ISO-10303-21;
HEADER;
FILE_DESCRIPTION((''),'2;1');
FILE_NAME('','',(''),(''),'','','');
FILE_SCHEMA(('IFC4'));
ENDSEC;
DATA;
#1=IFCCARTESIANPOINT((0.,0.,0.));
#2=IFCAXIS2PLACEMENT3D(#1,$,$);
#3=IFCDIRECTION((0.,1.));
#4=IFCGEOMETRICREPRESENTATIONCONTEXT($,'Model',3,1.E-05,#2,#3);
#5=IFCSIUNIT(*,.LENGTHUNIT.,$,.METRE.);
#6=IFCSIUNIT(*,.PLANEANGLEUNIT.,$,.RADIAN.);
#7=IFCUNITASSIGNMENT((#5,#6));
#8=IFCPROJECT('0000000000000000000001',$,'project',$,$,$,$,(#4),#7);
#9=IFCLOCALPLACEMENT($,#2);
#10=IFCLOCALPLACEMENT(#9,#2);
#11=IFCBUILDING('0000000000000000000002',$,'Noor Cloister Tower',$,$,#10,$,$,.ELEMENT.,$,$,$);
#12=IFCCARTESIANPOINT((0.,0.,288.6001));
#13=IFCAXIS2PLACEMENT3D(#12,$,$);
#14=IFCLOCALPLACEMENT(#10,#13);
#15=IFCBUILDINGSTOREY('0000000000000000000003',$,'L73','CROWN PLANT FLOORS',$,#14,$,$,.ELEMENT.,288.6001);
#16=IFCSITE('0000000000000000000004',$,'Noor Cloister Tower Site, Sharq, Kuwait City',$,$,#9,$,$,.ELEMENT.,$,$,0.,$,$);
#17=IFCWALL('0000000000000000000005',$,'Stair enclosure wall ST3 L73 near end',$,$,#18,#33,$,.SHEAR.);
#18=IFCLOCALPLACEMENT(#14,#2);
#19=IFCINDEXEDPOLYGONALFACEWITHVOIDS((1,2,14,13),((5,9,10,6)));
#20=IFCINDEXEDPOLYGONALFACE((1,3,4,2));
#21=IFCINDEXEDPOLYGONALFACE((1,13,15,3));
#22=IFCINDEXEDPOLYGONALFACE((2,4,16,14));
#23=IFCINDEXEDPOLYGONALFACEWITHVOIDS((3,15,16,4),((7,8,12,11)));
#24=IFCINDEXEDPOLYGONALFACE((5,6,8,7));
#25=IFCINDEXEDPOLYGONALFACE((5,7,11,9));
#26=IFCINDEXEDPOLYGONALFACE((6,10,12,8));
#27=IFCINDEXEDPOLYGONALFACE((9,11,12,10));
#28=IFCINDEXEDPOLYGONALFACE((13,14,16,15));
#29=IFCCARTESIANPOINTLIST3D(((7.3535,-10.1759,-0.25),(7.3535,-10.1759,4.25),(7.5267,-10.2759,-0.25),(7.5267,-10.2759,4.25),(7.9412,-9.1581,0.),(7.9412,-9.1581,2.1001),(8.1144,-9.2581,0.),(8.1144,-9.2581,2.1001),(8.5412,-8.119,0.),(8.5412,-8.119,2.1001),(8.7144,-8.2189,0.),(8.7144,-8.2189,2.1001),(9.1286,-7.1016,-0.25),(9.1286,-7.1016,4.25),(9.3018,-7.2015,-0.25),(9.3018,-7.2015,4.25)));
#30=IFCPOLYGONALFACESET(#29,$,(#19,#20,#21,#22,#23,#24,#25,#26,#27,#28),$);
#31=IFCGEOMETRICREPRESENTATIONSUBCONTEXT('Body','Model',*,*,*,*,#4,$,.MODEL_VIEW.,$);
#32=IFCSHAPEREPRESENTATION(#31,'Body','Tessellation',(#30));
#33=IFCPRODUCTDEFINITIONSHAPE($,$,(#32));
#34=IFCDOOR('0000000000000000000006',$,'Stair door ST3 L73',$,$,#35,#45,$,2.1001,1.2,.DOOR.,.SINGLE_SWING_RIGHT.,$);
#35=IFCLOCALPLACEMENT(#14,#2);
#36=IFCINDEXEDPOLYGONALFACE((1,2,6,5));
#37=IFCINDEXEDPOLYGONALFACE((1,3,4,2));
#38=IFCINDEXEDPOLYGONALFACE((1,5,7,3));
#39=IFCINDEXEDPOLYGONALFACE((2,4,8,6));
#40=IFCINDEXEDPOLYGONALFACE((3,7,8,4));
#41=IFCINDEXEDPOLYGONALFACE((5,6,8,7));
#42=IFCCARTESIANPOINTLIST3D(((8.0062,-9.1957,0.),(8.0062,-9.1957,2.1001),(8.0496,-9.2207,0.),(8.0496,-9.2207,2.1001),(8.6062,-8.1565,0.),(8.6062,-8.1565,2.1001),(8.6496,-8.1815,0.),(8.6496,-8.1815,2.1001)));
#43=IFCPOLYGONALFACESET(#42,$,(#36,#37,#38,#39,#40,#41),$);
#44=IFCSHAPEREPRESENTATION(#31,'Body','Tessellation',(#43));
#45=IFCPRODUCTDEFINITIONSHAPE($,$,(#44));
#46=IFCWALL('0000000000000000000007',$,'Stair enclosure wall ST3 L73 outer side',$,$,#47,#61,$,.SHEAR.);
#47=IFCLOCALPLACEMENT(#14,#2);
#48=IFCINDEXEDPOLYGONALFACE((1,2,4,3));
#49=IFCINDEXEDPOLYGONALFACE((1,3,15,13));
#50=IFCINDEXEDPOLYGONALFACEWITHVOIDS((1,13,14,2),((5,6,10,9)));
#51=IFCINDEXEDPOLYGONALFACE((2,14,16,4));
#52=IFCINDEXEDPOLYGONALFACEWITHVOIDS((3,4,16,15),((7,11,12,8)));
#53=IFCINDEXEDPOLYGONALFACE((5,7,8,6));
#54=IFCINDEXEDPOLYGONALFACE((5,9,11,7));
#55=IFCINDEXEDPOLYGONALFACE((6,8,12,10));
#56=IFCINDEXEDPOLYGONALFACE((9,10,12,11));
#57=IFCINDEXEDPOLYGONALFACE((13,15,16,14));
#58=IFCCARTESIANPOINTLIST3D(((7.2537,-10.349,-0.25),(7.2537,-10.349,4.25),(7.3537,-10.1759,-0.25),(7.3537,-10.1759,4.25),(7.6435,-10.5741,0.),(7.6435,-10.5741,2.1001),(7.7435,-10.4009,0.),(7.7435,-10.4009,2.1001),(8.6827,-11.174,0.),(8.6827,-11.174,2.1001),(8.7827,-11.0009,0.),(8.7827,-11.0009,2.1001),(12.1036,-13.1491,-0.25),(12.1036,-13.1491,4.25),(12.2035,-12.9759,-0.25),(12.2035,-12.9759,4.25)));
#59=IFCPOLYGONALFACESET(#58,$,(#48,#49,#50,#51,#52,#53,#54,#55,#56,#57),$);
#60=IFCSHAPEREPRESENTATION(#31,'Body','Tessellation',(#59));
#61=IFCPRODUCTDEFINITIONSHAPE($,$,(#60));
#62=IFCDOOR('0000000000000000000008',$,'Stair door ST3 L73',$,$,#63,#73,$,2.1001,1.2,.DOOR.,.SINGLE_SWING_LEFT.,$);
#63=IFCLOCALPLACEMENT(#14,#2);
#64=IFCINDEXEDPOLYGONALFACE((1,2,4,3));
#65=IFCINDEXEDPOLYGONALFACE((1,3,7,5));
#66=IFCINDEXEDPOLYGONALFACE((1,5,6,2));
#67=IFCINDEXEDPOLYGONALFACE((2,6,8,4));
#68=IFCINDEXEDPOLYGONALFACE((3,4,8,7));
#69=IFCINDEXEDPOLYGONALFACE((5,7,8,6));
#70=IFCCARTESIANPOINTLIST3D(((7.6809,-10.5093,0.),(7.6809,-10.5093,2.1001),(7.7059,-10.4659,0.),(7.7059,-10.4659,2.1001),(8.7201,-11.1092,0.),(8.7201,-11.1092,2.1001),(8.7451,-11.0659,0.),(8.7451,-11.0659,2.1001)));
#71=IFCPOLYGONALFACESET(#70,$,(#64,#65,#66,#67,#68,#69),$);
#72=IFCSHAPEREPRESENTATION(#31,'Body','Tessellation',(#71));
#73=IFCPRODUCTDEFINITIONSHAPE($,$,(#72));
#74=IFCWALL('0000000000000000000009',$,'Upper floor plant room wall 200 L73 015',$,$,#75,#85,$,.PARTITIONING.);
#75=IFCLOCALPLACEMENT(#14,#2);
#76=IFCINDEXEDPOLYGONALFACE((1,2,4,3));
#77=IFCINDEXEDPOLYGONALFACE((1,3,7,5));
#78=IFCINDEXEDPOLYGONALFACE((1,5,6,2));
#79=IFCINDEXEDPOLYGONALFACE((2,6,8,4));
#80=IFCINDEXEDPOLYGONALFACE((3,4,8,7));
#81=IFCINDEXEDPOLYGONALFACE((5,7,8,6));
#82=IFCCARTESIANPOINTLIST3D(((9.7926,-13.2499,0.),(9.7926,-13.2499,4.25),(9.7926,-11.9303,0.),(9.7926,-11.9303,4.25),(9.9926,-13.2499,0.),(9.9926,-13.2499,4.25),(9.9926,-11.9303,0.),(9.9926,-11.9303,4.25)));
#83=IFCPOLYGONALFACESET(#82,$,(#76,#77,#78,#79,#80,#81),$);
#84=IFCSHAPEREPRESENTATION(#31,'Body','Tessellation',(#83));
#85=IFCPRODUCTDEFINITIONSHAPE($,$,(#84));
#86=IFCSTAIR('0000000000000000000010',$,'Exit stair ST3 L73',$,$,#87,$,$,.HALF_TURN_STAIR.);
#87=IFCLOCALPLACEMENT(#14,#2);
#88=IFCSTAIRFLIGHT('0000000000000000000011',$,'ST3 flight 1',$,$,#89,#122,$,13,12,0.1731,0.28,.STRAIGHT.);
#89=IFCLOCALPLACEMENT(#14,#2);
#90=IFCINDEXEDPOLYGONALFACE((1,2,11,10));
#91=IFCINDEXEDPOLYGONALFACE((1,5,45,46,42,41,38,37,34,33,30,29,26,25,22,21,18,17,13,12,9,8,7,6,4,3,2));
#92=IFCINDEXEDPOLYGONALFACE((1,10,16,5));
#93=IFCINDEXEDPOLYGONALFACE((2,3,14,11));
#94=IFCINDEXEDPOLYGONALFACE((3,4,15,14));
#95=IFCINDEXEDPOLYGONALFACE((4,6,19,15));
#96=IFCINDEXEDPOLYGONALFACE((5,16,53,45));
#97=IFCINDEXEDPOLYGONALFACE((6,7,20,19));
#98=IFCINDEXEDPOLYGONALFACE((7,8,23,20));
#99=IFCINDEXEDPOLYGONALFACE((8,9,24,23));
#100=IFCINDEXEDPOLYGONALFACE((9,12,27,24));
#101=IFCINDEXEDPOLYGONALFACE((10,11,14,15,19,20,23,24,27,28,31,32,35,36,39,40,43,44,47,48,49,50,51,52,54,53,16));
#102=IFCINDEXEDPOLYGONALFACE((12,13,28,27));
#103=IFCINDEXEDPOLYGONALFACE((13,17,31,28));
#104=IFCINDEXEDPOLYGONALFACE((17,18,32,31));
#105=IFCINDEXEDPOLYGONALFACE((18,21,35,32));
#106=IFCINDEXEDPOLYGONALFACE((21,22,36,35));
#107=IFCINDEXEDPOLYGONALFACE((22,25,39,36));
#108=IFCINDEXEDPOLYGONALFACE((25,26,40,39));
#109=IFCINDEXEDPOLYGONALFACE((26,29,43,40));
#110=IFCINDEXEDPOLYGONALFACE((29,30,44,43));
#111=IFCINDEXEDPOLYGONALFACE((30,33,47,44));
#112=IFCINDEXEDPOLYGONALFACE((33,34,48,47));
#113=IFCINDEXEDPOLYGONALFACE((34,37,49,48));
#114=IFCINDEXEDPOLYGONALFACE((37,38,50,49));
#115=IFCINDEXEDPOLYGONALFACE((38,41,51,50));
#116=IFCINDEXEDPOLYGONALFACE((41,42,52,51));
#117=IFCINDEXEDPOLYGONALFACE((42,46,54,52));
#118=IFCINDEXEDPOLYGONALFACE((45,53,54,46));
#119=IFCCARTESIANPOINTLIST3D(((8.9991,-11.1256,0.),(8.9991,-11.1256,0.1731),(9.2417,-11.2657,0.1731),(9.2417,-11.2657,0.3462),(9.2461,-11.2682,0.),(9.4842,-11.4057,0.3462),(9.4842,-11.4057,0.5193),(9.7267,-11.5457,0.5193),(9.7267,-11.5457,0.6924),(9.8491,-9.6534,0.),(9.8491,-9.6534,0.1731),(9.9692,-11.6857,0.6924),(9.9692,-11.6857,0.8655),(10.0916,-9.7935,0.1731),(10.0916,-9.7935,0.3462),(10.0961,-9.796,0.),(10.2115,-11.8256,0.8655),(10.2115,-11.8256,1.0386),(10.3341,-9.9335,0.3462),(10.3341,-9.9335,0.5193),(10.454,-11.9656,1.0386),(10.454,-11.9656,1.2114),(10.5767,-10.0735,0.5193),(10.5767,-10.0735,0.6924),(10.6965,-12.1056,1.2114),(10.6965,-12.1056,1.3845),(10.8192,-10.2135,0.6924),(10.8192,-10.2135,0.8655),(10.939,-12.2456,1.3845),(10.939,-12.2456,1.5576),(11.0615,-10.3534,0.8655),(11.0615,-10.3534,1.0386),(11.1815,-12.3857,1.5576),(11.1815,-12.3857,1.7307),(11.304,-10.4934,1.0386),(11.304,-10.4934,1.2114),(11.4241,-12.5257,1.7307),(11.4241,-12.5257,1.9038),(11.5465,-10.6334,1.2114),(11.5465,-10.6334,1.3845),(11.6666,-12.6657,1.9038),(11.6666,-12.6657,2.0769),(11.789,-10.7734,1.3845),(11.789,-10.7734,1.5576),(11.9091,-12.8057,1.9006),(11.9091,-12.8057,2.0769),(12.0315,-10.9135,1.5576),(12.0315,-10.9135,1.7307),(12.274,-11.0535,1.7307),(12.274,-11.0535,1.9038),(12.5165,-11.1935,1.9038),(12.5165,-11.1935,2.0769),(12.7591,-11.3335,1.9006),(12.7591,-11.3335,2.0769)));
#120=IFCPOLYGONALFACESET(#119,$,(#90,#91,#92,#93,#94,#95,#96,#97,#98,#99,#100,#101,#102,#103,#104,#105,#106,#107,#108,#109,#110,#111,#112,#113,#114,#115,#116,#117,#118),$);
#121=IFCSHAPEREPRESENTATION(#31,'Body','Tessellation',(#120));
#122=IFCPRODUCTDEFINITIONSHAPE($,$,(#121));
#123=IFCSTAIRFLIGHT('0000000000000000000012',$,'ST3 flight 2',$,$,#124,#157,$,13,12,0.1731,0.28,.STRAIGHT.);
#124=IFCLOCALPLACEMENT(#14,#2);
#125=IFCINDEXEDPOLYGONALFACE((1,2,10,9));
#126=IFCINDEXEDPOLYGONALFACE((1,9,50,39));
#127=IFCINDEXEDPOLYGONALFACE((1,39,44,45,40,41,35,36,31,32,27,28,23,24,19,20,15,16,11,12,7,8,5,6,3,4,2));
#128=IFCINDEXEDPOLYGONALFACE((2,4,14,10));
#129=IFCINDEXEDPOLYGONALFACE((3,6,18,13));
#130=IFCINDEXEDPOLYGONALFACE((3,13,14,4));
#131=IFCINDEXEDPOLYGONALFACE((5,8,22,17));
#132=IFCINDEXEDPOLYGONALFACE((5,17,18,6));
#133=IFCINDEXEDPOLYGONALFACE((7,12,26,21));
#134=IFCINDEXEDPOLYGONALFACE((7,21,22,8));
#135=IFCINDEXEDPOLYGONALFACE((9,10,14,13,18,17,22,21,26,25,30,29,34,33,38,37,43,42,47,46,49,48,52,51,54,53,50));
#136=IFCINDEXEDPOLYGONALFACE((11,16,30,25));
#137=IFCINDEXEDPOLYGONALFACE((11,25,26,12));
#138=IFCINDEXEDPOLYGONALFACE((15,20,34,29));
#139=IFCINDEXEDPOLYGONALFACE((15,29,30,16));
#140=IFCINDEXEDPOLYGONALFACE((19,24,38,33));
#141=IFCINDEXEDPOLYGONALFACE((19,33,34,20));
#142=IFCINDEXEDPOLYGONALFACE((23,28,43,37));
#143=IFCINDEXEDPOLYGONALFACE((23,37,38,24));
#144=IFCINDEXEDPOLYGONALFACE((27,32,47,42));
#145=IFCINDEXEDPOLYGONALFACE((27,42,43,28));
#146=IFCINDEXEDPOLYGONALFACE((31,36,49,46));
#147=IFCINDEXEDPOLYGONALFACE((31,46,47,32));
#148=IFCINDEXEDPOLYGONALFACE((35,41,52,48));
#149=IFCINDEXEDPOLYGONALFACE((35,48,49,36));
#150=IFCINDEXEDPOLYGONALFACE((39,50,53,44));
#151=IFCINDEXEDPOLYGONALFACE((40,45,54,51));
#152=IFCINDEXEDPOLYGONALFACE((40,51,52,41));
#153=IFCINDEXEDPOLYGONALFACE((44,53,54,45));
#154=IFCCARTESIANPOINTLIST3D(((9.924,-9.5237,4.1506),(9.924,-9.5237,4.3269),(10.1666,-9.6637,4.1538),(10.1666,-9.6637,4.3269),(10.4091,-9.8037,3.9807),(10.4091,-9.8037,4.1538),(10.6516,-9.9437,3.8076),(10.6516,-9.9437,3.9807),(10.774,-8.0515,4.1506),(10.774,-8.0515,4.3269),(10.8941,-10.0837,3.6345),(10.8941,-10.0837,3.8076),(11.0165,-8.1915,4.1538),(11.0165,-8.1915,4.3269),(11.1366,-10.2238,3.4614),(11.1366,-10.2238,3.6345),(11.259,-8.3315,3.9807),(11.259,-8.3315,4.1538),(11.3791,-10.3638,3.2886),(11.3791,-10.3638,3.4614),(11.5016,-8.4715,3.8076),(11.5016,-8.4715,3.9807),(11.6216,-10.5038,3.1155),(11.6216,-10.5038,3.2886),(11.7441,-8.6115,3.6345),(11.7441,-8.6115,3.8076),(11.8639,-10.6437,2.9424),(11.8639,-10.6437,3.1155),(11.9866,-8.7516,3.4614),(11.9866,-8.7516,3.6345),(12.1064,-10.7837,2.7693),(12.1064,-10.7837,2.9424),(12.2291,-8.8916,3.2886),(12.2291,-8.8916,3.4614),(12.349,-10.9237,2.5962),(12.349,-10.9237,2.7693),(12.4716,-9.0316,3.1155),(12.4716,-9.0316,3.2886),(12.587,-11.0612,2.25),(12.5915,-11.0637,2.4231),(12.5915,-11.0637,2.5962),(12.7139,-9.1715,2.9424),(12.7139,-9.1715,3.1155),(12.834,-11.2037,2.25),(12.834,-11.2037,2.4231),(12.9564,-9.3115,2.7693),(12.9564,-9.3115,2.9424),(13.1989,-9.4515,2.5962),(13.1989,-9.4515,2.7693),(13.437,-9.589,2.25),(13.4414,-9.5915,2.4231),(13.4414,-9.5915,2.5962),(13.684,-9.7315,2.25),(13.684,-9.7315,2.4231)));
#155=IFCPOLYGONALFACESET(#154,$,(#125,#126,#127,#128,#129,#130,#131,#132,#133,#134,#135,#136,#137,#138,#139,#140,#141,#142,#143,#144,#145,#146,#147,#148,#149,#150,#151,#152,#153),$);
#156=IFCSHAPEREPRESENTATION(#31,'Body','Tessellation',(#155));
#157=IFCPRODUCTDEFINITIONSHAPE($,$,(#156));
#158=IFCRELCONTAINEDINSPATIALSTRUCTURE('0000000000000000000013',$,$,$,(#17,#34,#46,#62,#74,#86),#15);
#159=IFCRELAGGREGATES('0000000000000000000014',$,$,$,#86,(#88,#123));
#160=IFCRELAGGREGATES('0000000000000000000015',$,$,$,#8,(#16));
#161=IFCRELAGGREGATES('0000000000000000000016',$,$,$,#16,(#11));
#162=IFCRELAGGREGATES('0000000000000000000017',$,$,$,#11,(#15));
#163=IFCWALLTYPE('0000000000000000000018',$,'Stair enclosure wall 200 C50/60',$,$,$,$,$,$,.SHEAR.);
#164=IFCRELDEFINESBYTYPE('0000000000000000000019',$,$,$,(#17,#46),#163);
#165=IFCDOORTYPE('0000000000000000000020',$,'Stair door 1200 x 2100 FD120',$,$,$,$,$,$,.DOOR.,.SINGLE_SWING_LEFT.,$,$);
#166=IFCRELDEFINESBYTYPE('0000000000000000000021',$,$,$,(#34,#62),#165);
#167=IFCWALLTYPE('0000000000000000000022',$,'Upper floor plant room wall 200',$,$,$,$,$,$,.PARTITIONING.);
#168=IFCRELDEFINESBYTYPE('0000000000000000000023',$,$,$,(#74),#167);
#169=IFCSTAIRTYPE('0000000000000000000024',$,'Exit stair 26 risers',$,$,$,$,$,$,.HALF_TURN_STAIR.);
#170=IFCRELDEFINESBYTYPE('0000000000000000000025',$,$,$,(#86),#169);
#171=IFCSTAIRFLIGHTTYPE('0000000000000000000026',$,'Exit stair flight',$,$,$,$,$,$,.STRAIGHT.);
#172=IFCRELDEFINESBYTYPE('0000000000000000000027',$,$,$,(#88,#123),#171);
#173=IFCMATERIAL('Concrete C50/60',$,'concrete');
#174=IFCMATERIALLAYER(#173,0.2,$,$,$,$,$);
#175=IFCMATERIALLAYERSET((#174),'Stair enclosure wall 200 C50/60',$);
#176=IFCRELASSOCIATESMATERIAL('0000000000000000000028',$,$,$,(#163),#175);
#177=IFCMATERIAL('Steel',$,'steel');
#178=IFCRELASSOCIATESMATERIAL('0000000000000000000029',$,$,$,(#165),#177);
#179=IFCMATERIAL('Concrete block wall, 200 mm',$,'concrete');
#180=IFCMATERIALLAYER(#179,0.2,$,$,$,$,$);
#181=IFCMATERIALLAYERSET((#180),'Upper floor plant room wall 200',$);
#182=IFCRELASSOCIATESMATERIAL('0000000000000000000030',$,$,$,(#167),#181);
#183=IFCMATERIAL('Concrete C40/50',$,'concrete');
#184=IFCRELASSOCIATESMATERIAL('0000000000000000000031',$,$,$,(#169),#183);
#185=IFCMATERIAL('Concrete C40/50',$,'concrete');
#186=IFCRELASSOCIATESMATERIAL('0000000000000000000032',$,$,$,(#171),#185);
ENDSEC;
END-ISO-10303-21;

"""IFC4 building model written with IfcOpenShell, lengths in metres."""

from ifc_helpers import new_model, si_unit, direction, frame, frame_2d, origin, place, context, subcontext, project, spatial, polyline, rectangle, outline, extrude, material, layer, layer_set, type_object, element, fill, aggregate, save


model = new_model("IFC4")

# Units and contexts
model_context = context("Model", 3, precision=1e-05, world=origin(), true_north=direction((0.0, 1.0)))
body_context = subcontext(model_context, "Body", "Model", "MODEL_VIEW")
ifc_project = project(units=[si_unit("LENGTHUNIT", "METRE"), si_unit("PLANEANGLEUNIT", "RADIAN")], contexts=[model_context])

# Site, building, storey
site_placement = place(None, origin())
site = spatial("IfcSite", under=ifc_project, at=site_placement, Name="Noor Cloister Tower Site, Sharq, Kuwait City", CompositionType="ELEMENT", RefElevation=0.0)
building_placement = place(site_placement, origin())
building = spatial("IfcBuilding", under=site, at=building_placement, Name="Noor Cloister Tower", CompositionType="ELEMENT")
storey_placement = place(building_placement, frame((0.0, 0.0, 288.6001)))
storey = spatial("IfcBuildingStorey", under=building, at=storey_placement, Name="L73", Description="CROWN PLANT FLOORS", CompositionType="ELEMENT", Elevation=288.6001)

# Walls, openings, doors
ifc_material_1 = material(Name="Concrete C50/60", Category="concrete")
ifc_layer_1 = layer(ifc_material_1, 0.2)
ifc_layer_set_1 = layer_set([ifc_layer_1], Name="Stair enclosure wall 200 C50/60")
wall_type_1 = type_object("IfcWallType", Name="Stair enclosure wall 200 C50/60", PredefinedType="SHEAR", material=ifc_layer_set_1)
wall_1_placement = place(storey_placement, frame((7.4402, -10.2258, -0.25), z_axis=(0.0, 0.0, 1.0), x_axis=(0.500022, 0.866013, 0.0)))
wall_1 = element("IfcWall", 1, at=wall_1_placement, inside=storey, type_object=wall_type_1, Name="Stair enclosure wall ST3 L73 near end", PredefinedType="SHEAR", context=body_context, shape_type="SweptSolid", body=[
    extrude(rectangle(XDim=3.55, YDim=0.2, at=frame_2d((1.7749, 0.0))), origin(), (0.0, 0.0, 1.0), 4.5),
])
opening_1_placement = place(wall_1_placement, frame((1.175, 0.0, 0.25)))
opening_1 = element("IfcOpeningElement", 2, at=opening_1_placement, cuts=wall_1, PredefinedType="OPENING", context=body_context, shape_type="SweptSolid", body=[
    extrude(rectangle(XDim=1.2, YDim=2.1001, at=frame_2d((0.6001, 1.05))), frame((0.0, 0.1099, 0.0), z_axis=(0.0, -1.0, 0.0), x_axis=(1.0, 0.0, 0.0)), (0.0, 0.0, 1.0), 0.22),
])
ifc_material_2 = material(Name="Steel", Category="steel")
door_type = type_object("IfcDoorType", Name="Stair door 1200 x 2100 FD120", OperationType="SINGLE_SWING_LEFT", PredefinedType="DOOR", material=ifc_material_2)
door_1_placement = place(opening_1_placement, origin())
door_1 = element("IfcDoor", 3, at=door_1_placement, inside=storey, type_object=door_type, Name="Stair door ST3 L73", OperationType="SINGLE_SWING_RIGHT", OverallHeight=2.1001, OverallWidth=1.2, PredefinedType="DOOR", context=body_context, shape_type="SweptSolid", body=[
    extrude(rectangle(XDim=1.2, YDim=2.1001, at=frame_2d((0.6001, 1.05))), frame((0.0, 0.0249, 0.0), z_axis=(0.0, -1.0, 0.0), x_axis=(1.0, 0.0, 0.0)), (0.0, 0.0, 1.0), 0.05),
])
fill(opening_1, door_1)
wall_2_placement = place(storey_placement, frame((7.3037, -10.2625, -0.25), z_axis=(0.0, 0.0, 1.0), x_axis=(0.866027, -0.499998, 0.0)))
wall_2 = element("IfcWall", 4, at=wall_2_placement, inside=storey, type_object=wall_type_1, Name="Stair enclosure wall ST3 L73 outer side", PredefinedType="SHEAR", context=body_context, shape_type="SweptSolid", body=[
    extrude(rectangle(XDim=5.6001, YDim=0.2, at=frame_2d((2.8, 0.0))), origin(), (0.0, 0.0, 1.0), 4.5),
])
opening_2_placement = place(wall_2_placement, frame((0.45, 0.0, 0.25)))
opening_2 = element("IfcOpeningElement", 5, at=opening_2_placement, cuts=wall_2, PredefinedType="OPENING", context=body_context, shape_type="SweptSolid", body=[
    extrude(rectangle(XDim=1.2, YDim=2.1001, at=frame_2d((0.6001, 1.05))), frame((0.0, 0.1099, 0.0), z_axis=(0.0, -1.0, 0.0), x_axis=(1.0, 0.0, 0.0)), (0.0, 0.0, 1.0), 0.22),
])
door_2_placement = place(opening_2_placement, origin())
door_2 = element("IfcDoor", 6, at=door_2_placement, inside=storey, type_object=door_type, Name="Stair door ST3 L73", OperationType="SINGLE_SWING_LEFT", OverallHeight=2.1001, OverallWidth=1.2, PredefinedType="DOOR", context=body_context, shape_type="SweptSolid", body=[
    extrude(rectangle(XDim=1.2, YDim=2.1001, at=frame_2d((0.6001, 1.05))), frame((0.0, 0.0249, 0.0), z_axis=(0.0, -1.0, 0.0), x_axis=(1.0, 0.0, 0.0)), (0.0, 0.0, 1.0), 0.05),
])
fill(opening_2, door_2)

# Wall
ifc_material_3 = material(Name="Concrete block wall, 200 mm", Category="concrete")
ifc_layer_2 = layer(ifc_material_3, 0.2)
ifc_layer_set_2 = layer_set([ifc_layer_2], Name="Upper floor plant room wall 200")
wall_type_2 = type_object("IfcWallType", Name="Upper floor plant room wall 200", PredefinedType="PARTITIONING", material=ifc_layer_set_2)
wall_3_placement = place(storey_placement, frame((9.8926, -13.2498, 0.0), z_axis=(0.0, 0.0, 1.0), x_axis=(0.0, 1.0, 0.0)))
element("IfcWall", 7, at=wall_3_placement, inside=storey, type_object=wall_type_2, Name="Upper floor plant room wall 200 L73 015", PredefinedType="PARTITIONING", context=body_context, shape_type="SweptSolid", body=[
    extrude(rectangle(XDim=1.3196, YDim=0.2, at=frame_2d((0.6597, 0.0))), origin(), (0.0, 0.0, 1.0), 4.25),
])

# Stair, stair flights
ifc_material_4 = material(Name="Concrete C40/50", Category="concrete")
stair_type = type_object("IfcStairType", Name="Exit stair 26 risers", PredefinedType="HALF_TURN_STAIR", material=ifc_material_4)
stair_placement = place(storey_placement, origin())
stair = element("IfcStair", 8, at=stair_placement, inside=storey, type_object=stair_type, Name="Exit stair ST3 L73", PredefinedType="HALF_TURN_STAIR")
ifc_material_5 = material(Name="Concrete C40/50", Category="concrete")
stair_flight_type = type_object("IfcStairFlightType", Name="Exit stair flight", PredefinedType="STRAIGHT", material=ifc_material_5)
stair_flight_1_placement = place(storey_placement, frame((9.4241, -10.3896, 0.0), z_axis=(0.0, 0.0, 1.0), x_axis=(0.866025, -0.5, 0.0)))
stair_flight_1 = element("IfcStairFlight", 9, at=stair_flight_1_placement, type_object=stair_flight_type, Name="ST3 flight 1", NumberOfRisers=13, NumberOfTreads=12, PredefinedType="STRAIGHT", RiserHeight=0.1731, TreadLength=0.28, context=body_context, shape_type="SweptSolid", body=[
    extrude(outline(polyline([(0.0, 0.0), (0.0, 0.1731), (0.28, 0.1731), (0.28, 0.3462), (0.5601, 0.3462), (0.5601, 0.5193), (0.8401, 0.5193), (0.8401, 0.6924), (1.1201, 0.6924), (1.1201, 0.8655), (1.3999, 0.8655), (1.3999, 1.0386), (1.6799, 1.0386), (1.6799, 1.2114), (1.96, 1.2114), (1.96, 1.3845), (2.24, 1.3845), (2.24, 1.5576), (2.52, 1.5576), (2.52, 1.7307), (2.8, 1.7307), (2.8, 1.9038), (3.0801, 1.9038), (3.0801, 2.0769), (3.3601, 2.0769), (3.3601, 2.25), (3.3601, 1.9006), (0.2852, 0.0), (0.0, 0.0)])), frame((0.0, 0.8501, 0.0), z_axis=(0.0, -1.0, 0.0), x_axis=(1.0, 0.0, 0.0)), (0.0, 0.0, 1.0), 1.7),
])
stair_flight_2_placement = place(storey_placement, frame((13.259, -10.4675, 2.25), z_axis=(0.0, 0.0, 1.0), x_axis=(-0.866025, 0.5, 0.0)))
stair_flight_2 = element("IfcStairFlight", 10, at=stair_flight_2_placement, type_object=stair_flight_type, Name="ST3 flight 2", NumberOfRisers=13, NumberOfTreads=12, PredefinedType="STRAIGHT", RiserHeight=0.1731, TreadLength=0.28, context=body_context, shape_type="SweptSolid", body=[
    extrude(outline(polyline([(0.0, 0.0), (0.0, 0.1731), (0.28, 0.1731), (0.28, 0.3462), (0.5601, 0.3462), (0.5601, 0.5193), (0.8401, 0.5193), (0.8401, 0.6924), (1.1201, 0.6924), (1.1201, 0.8655), (1.3999, 0.8655), (1.3999, 1.0386), (1.6799, 1.0386), (1.6799, 1.2114), (1.96, 1.2114), (1.96, 1.3845), (2.24, 1.3845), (2.24, 1.5576), (2.52, 1.5576), (2.52, 1.7307), (2.8, 1.7307), (2.8, 1.9038), (3.0801, 1.9038), (3.0801, 2.0769), (3.3601, 2.0769), (3.3601, 2.25), (3.3601, 1.9006), (0.2852, 0.0), (0.0, 0.0)])), frame((0.0, 0.8501, 0.0), z_axis=(0.0, -1.0, 0.0), x_axis=(1.0, 0.0, 0.0)), (0.0, 0.0, 1.0), 1.7),
])
aggregate(stair, [stair_flight_1, stair_flight_2])

save(model, "model.ifc")
